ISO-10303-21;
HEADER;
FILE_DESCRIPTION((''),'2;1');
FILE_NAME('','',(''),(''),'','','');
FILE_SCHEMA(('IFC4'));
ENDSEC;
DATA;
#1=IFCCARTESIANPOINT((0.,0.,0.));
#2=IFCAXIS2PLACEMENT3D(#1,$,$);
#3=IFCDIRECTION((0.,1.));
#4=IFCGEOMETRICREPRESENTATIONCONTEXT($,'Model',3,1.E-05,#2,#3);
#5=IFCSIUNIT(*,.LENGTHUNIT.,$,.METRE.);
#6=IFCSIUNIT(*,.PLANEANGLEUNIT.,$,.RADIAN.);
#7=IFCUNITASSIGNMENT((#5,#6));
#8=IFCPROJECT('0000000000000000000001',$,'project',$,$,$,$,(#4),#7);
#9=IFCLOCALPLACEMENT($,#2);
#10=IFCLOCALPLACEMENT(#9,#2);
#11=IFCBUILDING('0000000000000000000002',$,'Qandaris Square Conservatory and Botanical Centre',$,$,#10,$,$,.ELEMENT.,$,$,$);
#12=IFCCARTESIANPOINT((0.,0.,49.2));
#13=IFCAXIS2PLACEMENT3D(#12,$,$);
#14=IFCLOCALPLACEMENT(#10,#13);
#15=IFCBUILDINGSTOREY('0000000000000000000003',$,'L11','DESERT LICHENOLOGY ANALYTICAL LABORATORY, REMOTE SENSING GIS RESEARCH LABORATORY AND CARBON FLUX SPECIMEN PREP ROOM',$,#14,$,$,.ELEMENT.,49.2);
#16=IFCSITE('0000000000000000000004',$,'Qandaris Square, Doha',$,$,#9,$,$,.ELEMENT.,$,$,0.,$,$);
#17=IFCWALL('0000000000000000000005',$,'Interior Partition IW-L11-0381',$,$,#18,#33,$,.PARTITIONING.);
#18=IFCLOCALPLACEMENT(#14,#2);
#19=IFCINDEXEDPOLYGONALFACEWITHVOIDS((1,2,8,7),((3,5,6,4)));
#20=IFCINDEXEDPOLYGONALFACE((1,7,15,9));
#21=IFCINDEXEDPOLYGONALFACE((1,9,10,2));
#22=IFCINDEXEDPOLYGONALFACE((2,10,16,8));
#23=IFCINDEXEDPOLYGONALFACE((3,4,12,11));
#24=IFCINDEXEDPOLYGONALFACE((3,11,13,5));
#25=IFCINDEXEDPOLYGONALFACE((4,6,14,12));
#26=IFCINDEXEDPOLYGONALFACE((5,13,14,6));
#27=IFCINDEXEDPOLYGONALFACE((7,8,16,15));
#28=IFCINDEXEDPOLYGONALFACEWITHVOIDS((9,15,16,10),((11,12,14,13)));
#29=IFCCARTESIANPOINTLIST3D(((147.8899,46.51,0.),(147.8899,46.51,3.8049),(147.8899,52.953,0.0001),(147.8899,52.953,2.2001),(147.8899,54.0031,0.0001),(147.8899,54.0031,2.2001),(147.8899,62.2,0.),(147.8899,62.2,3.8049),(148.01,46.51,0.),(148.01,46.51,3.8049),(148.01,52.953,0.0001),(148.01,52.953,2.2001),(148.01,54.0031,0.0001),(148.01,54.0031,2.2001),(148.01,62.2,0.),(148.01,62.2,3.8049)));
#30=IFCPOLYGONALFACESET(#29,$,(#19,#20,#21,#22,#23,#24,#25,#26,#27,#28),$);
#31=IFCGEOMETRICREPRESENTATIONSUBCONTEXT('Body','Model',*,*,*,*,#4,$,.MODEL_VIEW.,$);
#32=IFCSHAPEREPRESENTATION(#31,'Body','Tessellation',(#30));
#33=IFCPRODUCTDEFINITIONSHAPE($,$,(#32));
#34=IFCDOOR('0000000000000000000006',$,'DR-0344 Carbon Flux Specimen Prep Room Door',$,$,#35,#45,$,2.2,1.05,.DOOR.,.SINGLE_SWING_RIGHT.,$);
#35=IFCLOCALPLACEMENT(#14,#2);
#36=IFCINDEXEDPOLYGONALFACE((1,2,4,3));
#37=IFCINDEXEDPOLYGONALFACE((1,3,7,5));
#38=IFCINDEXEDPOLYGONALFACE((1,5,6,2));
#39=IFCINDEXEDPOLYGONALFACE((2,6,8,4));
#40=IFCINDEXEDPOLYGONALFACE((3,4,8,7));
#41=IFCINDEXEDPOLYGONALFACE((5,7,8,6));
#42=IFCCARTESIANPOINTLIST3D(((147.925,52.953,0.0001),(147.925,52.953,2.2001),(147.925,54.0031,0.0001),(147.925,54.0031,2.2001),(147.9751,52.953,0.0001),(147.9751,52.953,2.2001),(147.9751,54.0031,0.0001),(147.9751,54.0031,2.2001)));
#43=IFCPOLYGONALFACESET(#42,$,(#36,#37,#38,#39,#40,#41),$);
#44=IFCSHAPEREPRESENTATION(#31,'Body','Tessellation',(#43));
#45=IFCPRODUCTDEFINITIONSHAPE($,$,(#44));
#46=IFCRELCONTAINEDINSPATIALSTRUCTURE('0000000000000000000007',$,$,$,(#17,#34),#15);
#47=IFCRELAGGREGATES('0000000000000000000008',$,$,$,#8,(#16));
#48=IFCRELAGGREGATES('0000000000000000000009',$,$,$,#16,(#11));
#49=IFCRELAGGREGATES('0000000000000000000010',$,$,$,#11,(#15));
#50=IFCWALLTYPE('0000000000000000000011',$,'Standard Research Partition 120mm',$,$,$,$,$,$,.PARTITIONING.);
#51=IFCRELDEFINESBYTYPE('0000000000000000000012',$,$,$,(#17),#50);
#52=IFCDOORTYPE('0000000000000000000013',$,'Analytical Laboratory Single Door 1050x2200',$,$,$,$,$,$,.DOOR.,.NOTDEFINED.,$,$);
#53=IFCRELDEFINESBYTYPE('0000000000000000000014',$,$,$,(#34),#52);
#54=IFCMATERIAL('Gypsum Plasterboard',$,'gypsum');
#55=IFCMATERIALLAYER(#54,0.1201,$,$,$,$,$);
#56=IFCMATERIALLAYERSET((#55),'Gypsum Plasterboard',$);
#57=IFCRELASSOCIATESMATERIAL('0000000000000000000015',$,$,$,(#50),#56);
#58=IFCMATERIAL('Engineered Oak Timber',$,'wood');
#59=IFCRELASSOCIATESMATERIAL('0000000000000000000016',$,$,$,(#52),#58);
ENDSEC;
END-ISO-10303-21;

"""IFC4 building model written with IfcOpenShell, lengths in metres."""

from ifc_helpers import new_model, si_unit, direction, frame, frame_2d, origin, place, context, subcontext, project, spatial, rectangle, extrude, material, layer, layer_set, type_object, element, fill, save


model = new_model("IFC4")

# Units and contexts
model_context = context("Model", 3, precision=1e-05, world=origin(), true_north=direction((0.0, 1.0)))
body_context = subcontext(model_context, "Body", "Model", "MODEL_VIEW")
ifc_project = project(units=[si_unit("LENGTHUNIT", "METRE"), si_unit("PLANEANGLEUNIT", "RADIAN")], contexts=[model_context])

# Site, building, storey
site_placement = place(None, origin())
site = spatial("IfcSite", under=ifc_project, at=site_placement, Name="Qandaris Square, Doha", CompositionType="ELEMENT", RefElevation=0.0)
building_placement = place(site_placement, origin())
building = spatial("IfcBuilding", under=site, at=building_placement, Name="Qandaris Square Conservatory and Botanical Centre", CompositionType="ELEMENT")
storey_placement = place(building_placement, frame((0.0, 0.0, 49.2)))
storey = spatial("IfcBuildingStorey", under=building, at=storey_placement, Name="L11", Description="DESERT LICHENOLOGY ANALYTICAL LABORATORY, REMOTE SENSING GIS RESEARCH LABORATORY AND CARBON FLUX SPECIMEN PREP ROOM", CompositionType="ELEMENT", Elevation=49.2)

# Shared definitions
ifc_material_1 = material(Name="Gypsum Plasterboard", Category="gypsum")

# Wall, opening, door
ifc_layer_1 = layer(ifc_material_1, 0.1201)
ifc_layer_set_1 = layer_set([ifc_layer_1], Name="Gypsum Plasterboard")
wall_type_1 = type_object("IfcWallType", Name="Standard Research Partition 120mm", PredefinedType="PARTITIONING", material=ifc_layer_set_1)
ifc_material_2 = material(Name="Engineered Oak Timber", Category="wood")
wall_1_placement = place(storey_placement, frame((147.95, 46.51, 0.0), z_axis=(0.0, 0.0, 1.0), x_axis=(0.0, 1.0, 0.0)))
wall_1 = element("IfcWall", 1, at=wall_1_placement, inside=storey, type_object=wall_type_1, Name="Interior Partition IW-L11-0381", PredefinedType="PARTITIONING", context=body_context, shape_type="SweptSolid", body=[
    extrude(rectangle(XDim=15.6899, YDim=0.1201, at=frame_2d((7.845, 0.0))), origin(), (0.0, 0.0, 1.0), 3.8049),
])
opening_1_placement = place(wall_1_placement, frame((6.4431, 0.0, 0.0)))
opening_1 = element("IfcOpeningElement", 2, at=opening_1_placement, cuts=wall_1, PredefinedType="OPENING", context=body_context, shape_type="SweptSolid", body=[
    extrude(rectangle(XDim=1.05, YDim=2.2, at=frame_2d((0.5249, 1.1001))), frame((0.0, 0.072, 0.0), z_axis=(0.0, -1.0, 0.0), x_axis=(1.0, 0.0, 0.0)), (0.0, 0.0, 1.0), 0.144),
])
door_type_1 = type_object("IfcDoorType", Name="Analytical Laboratory Single Door 1050x2200", OperationType="NOTDEFINED", PredefinedType="DOOR", material=ifc_material_2)
door_1_placement = place(opening_1_placement, origin())
door_1 = element("IfcDoor", 3, at=door_1_placement, inside=storey, type_object=door_type_1, Name="DR-0344 Carbon Flux Specimen Prep Room Door", OperationType="SINGLE_SWING_RIGHT", OverallHeight=2.2, OverallWidth=1.05, PredefinedType="DOOR", context=body_context, shape_type="SweptSolid", body=[
    extrude(rectangle(XDim=1.05, YDim=2.2, at=frame_2d((0.5249, 1.1001))), frame((0.0, 0.0249, 0.0), z_axis=(0.0, -1.0, 0.0), x_axis=(1.0, 0.0, 0.0)), (0.0, 0.0, 1.0), 0.05),
])
fill(opening_1, door_1)

save(model, "model.ifc")
